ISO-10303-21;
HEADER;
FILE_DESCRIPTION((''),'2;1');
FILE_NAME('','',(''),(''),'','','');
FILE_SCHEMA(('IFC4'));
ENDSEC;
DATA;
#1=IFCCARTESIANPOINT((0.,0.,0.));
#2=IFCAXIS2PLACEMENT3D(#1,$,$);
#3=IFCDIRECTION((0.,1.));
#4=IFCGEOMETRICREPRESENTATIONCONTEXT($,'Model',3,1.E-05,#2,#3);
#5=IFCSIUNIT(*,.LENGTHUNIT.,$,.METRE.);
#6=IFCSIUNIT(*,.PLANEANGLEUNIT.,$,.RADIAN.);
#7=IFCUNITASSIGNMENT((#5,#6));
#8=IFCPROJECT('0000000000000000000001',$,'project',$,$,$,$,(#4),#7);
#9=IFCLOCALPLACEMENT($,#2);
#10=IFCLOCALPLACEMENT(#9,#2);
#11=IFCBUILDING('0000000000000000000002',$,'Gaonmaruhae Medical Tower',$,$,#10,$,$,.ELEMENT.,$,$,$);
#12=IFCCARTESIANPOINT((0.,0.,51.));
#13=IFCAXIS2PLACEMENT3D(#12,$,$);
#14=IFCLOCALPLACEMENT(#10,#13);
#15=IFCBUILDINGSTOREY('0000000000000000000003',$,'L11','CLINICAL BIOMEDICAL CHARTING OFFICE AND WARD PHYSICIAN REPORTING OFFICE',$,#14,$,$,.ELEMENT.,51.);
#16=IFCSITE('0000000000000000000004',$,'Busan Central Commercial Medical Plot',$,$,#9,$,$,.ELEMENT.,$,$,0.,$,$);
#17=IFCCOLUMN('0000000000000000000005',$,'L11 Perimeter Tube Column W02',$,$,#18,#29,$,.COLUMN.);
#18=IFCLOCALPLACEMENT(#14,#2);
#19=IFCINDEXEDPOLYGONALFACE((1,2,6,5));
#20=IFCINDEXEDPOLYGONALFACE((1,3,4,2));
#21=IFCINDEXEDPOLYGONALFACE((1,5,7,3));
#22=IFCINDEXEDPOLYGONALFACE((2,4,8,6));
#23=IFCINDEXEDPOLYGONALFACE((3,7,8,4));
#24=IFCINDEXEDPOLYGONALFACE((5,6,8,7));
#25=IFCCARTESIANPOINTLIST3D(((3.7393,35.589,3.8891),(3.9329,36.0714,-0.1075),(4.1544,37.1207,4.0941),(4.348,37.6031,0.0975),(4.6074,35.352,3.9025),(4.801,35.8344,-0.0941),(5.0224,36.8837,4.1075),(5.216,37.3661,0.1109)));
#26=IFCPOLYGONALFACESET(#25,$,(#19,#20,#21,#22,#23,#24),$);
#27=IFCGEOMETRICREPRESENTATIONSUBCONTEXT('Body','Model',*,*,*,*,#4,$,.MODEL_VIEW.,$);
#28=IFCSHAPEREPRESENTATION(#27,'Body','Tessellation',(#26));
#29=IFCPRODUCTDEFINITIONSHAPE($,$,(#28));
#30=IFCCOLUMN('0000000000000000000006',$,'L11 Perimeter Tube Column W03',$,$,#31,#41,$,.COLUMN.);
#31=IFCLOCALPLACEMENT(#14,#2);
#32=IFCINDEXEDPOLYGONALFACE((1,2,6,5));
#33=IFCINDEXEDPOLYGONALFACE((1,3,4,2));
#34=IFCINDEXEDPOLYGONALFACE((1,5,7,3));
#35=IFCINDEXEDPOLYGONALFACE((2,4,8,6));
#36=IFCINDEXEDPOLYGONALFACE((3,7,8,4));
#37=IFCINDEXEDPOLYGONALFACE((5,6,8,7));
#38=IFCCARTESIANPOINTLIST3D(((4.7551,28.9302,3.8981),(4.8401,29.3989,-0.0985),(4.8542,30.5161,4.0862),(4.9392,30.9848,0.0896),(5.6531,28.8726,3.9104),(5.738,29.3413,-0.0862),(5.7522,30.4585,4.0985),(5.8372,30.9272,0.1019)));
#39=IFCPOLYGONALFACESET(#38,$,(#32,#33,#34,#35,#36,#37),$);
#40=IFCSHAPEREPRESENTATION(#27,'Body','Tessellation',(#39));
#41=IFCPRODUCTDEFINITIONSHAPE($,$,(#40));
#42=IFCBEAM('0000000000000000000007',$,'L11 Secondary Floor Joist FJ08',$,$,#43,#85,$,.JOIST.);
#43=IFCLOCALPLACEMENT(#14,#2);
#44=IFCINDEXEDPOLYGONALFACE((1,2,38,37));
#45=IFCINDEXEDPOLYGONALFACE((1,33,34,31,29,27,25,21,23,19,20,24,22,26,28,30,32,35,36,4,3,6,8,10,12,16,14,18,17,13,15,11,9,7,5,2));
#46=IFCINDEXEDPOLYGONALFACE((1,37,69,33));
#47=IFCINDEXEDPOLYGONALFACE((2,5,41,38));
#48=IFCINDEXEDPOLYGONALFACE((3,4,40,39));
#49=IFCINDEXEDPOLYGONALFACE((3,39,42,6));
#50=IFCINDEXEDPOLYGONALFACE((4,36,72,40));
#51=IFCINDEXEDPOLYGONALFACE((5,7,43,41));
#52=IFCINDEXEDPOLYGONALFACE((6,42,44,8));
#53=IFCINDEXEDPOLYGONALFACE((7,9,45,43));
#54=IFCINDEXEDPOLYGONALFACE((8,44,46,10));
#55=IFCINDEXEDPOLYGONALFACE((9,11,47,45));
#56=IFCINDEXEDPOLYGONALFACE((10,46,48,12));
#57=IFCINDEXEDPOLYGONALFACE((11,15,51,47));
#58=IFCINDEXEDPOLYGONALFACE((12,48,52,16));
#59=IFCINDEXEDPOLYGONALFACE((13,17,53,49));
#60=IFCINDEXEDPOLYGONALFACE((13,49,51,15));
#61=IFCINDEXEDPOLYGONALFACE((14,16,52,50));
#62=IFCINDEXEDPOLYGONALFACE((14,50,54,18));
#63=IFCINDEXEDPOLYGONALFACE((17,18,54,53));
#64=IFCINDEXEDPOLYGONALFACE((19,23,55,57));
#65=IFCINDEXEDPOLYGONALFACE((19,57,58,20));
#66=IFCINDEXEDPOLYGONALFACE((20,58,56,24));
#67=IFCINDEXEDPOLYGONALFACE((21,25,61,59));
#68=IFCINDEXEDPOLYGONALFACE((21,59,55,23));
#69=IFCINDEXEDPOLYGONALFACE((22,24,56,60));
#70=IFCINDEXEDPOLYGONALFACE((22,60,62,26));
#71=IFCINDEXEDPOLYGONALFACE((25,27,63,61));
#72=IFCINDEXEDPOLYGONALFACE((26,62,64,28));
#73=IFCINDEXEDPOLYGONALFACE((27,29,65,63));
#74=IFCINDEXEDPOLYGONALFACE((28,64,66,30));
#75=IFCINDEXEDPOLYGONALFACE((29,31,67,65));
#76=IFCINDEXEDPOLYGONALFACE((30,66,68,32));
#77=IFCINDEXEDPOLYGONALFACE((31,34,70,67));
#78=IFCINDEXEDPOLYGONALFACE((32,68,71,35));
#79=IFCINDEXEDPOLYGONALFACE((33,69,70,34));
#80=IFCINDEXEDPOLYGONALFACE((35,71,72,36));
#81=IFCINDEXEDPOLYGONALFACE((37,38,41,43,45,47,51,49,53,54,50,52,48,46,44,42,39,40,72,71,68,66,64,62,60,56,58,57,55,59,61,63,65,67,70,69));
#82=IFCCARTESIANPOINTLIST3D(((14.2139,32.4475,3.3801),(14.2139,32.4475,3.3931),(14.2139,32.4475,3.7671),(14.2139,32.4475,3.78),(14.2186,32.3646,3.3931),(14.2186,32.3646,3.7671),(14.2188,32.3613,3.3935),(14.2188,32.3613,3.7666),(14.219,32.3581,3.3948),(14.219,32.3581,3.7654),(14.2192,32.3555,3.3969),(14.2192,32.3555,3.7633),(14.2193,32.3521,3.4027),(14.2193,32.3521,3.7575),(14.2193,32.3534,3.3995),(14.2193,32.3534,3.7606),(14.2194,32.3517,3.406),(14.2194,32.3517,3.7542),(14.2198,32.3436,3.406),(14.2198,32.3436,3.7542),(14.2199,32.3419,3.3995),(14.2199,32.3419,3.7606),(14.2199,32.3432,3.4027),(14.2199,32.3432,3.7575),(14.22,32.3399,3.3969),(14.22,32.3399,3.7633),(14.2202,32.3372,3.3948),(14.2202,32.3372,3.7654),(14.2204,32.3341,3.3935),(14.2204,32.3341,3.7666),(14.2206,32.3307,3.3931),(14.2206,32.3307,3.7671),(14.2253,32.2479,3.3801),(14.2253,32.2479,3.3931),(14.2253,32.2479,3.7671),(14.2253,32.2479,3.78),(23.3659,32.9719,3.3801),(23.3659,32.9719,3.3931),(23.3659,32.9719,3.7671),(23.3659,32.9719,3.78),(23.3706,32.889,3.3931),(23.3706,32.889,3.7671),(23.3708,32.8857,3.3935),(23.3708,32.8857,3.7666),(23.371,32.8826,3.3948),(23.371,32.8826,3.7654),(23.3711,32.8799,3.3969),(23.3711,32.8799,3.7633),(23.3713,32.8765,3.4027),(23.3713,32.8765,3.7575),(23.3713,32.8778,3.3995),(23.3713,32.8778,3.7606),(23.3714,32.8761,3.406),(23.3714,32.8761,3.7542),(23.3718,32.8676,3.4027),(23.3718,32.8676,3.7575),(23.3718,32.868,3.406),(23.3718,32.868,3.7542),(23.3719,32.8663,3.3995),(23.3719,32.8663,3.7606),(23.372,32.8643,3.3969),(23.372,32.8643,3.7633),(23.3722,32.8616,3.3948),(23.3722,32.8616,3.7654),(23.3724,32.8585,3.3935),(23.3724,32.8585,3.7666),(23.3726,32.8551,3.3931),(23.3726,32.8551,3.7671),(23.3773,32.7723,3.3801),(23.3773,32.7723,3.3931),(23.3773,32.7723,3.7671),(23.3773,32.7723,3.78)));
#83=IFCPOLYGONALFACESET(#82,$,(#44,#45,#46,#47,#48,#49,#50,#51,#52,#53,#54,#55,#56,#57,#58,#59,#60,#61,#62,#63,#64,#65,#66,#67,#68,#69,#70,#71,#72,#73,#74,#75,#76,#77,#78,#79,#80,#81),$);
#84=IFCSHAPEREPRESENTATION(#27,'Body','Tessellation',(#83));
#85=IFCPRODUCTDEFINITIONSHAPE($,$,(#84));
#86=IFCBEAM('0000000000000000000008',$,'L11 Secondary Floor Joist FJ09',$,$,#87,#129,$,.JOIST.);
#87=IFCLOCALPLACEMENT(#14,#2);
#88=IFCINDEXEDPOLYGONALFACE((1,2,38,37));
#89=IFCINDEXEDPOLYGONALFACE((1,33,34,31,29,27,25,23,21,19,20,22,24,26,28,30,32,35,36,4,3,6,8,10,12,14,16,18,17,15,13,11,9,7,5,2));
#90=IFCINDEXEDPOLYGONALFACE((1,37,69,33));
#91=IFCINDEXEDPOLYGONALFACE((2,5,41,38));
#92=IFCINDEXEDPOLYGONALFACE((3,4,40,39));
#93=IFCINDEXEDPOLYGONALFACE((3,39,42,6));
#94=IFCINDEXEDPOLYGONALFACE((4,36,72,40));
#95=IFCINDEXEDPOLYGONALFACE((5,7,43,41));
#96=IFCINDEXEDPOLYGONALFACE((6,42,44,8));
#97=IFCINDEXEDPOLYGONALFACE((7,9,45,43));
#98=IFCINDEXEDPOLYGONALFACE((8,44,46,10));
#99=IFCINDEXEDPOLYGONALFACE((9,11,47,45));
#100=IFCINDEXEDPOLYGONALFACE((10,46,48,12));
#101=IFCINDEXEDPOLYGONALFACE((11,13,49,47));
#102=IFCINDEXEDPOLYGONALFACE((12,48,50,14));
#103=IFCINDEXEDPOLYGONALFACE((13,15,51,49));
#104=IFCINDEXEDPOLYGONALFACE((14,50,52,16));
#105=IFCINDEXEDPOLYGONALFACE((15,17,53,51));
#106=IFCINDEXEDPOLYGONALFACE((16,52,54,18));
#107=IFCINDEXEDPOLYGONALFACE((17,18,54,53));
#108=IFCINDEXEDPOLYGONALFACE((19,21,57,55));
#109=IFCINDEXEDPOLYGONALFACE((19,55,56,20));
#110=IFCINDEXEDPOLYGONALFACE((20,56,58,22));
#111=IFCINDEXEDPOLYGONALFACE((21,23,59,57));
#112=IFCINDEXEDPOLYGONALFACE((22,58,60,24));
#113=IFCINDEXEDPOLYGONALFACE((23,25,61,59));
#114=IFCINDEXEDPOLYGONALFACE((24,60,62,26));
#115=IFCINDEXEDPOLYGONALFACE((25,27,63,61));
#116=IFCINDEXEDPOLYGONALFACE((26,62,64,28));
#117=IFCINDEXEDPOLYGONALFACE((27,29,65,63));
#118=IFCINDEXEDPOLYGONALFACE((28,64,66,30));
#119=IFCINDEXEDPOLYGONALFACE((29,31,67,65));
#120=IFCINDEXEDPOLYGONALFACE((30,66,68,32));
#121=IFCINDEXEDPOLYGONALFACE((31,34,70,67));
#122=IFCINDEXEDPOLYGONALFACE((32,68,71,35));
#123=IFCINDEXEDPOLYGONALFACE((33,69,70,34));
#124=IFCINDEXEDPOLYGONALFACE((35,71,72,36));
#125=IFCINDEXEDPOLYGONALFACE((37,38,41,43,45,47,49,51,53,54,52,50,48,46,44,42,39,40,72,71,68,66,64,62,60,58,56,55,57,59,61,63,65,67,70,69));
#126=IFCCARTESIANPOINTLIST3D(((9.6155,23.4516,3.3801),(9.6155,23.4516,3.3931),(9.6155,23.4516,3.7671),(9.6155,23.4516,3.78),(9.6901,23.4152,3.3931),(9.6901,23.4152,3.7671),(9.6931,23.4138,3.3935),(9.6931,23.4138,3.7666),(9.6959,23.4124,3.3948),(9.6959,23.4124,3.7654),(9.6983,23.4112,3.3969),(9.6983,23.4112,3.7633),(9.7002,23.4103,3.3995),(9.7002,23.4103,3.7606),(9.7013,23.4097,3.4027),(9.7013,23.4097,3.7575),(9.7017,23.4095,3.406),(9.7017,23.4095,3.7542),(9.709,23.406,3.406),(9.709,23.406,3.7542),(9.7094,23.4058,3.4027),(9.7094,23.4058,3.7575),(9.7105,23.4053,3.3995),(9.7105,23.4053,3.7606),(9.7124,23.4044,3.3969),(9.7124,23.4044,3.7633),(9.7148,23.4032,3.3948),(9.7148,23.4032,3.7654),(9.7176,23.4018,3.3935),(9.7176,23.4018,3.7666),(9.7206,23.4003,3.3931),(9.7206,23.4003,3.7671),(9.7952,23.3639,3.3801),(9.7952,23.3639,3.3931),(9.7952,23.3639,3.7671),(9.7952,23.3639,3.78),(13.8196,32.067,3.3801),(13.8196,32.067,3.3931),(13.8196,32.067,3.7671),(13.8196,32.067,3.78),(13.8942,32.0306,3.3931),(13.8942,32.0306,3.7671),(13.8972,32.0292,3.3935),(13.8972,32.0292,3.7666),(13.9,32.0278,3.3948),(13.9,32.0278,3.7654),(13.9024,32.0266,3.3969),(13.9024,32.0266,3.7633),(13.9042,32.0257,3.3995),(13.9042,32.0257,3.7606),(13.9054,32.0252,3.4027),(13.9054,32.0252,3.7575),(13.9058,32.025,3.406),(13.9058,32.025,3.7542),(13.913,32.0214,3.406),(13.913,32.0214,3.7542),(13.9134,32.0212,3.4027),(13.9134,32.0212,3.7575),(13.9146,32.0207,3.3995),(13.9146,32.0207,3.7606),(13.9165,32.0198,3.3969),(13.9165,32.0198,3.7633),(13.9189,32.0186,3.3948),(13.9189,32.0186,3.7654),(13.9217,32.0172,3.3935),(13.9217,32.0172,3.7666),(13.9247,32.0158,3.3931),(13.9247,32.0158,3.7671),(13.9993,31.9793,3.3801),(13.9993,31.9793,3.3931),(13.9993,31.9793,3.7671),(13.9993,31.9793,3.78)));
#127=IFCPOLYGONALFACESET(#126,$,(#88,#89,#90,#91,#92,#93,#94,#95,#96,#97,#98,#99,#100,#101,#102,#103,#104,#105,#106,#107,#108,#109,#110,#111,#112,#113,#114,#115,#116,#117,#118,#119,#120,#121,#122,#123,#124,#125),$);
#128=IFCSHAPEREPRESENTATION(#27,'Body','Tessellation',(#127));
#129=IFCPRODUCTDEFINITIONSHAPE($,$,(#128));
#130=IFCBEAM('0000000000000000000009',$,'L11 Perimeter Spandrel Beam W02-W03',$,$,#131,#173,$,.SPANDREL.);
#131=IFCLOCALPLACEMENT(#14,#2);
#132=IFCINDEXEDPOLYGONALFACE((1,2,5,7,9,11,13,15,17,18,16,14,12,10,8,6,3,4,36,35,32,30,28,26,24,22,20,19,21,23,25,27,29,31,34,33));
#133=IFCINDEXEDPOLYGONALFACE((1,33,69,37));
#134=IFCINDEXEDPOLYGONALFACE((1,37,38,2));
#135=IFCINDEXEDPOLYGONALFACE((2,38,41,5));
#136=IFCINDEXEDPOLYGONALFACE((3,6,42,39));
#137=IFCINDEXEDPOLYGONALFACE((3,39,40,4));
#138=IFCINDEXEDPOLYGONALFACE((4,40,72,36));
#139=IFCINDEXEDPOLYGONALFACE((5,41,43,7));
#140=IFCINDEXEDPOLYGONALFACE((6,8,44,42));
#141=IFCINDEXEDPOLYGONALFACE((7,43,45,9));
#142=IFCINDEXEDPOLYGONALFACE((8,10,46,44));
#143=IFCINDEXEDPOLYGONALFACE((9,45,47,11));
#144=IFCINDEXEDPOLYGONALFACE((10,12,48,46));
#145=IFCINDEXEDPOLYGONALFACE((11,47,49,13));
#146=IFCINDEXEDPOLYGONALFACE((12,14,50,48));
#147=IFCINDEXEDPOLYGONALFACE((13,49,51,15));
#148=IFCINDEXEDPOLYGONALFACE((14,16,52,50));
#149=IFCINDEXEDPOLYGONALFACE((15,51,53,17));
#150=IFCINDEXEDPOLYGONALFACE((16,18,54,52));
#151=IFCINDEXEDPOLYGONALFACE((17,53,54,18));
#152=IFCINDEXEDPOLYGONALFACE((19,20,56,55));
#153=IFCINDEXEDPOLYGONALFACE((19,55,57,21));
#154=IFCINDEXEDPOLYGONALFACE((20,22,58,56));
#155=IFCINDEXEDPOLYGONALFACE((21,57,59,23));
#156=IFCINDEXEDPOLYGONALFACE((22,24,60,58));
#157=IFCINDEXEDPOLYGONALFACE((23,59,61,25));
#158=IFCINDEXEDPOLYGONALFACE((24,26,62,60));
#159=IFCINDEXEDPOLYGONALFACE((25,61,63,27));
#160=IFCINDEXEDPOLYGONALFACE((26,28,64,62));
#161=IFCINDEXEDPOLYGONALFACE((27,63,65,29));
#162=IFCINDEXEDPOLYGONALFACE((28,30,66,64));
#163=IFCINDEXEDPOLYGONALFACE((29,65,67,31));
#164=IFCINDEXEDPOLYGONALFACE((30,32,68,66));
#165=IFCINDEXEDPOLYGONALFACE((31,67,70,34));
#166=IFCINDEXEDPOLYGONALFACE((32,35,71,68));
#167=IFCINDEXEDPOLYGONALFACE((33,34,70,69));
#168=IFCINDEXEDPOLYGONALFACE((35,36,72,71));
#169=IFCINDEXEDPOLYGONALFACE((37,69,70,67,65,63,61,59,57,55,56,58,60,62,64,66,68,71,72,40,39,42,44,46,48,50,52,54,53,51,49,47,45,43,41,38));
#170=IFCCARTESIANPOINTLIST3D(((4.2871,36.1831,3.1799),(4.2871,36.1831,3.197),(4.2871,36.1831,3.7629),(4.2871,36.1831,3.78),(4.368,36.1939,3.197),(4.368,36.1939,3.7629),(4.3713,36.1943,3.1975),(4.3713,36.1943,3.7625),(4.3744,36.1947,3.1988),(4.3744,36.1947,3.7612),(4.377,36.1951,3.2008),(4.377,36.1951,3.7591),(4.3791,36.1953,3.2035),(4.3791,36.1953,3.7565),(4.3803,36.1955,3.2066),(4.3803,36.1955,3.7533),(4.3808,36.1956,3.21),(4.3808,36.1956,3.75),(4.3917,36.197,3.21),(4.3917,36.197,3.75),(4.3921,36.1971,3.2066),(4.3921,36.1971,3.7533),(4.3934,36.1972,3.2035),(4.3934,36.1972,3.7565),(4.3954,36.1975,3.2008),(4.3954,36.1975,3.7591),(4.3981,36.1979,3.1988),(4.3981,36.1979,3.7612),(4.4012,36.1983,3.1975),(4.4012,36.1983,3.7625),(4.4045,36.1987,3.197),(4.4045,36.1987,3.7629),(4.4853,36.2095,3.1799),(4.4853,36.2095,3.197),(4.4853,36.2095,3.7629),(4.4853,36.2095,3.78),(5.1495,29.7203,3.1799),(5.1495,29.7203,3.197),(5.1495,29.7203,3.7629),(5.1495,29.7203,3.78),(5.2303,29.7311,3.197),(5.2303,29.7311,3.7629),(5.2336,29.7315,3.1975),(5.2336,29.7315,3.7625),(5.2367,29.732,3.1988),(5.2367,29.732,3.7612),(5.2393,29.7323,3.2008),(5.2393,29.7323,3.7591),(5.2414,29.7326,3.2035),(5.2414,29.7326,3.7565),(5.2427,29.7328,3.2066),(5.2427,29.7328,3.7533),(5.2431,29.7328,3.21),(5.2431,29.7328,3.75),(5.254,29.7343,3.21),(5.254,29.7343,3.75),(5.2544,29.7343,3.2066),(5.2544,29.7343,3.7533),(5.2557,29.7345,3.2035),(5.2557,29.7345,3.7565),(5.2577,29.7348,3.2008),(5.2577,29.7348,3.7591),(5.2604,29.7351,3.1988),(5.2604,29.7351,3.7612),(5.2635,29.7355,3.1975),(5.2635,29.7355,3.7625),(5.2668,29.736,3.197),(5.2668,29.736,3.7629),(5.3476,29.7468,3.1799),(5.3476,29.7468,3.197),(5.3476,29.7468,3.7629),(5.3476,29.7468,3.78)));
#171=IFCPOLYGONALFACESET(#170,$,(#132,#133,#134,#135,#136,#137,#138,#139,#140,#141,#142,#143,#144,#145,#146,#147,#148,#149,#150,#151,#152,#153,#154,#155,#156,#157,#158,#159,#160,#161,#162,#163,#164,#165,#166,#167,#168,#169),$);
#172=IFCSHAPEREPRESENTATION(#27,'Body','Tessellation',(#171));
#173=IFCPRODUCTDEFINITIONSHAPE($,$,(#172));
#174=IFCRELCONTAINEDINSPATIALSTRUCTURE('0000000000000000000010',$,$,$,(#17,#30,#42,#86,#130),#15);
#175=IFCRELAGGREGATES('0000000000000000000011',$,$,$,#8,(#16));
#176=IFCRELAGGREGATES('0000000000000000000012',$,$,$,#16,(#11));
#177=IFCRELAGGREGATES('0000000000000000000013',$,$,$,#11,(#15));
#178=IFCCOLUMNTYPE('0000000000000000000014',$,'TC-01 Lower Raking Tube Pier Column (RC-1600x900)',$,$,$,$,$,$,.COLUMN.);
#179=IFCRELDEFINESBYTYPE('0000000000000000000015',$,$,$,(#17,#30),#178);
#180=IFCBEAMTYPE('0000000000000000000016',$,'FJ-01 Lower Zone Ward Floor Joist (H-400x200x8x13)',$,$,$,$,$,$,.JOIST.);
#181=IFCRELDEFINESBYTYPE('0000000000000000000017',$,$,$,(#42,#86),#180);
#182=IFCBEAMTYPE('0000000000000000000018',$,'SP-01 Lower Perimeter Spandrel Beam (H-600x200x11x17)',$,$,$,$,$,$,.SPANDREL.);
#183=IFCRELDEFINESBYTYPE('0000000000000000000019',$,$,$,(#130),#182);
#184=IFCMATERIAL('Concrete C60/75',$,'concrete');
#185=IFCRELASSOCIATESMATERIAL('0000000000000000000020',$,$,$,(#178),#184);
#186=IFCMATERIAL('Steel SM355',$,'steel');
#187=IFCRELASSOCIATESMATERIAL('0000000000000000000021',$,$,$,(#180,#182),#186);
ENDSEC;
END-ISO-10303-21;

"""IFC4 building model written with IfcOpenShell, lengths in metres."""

from ifc_helpers import new_model, si_unit, direction, frame, origin, origin_2d, place, context, subcontext, project, spatial, rectangle, i_section, extrude, material, material_profile, profile_set, type_object, element, save


model = new_model("IFC4")

# Units and contexts
model_context = context("Model", 3, precision=1e-05, world=origin(), true_north=direction((0.0, 1.0)))
body_context = subcontext(model_context, "Body", "Model", "MODEL_VIEW")
ifc_project = project(units=[si_unit("LENGTHUNIT", "METRE"), si_unit("PLANEANGLEUNIT", "RADIAN")], contexts=[model_context])

# Site, building, storey
site_placement = place(None, origin())
site = spatial("IfcSite", under=ifc_project, at=site_placement, Name="Busan Central Commercial Medical Plot", CompositionType="ELEMENT", RefElevation=0.0)
building_placement = place(site_placement, origin())
building = spatial("IfcBuilding", under=site, at=building_placement, Name="Gaonmaruhae Medical Tower", CompositionType="ELEMENT")
storey_placement = place(building_placement, frame((0.0, 0.0, 51.0)))
storey = spatial("IfcBuildingStorey", under=building, at=storey_placement, Name="L11", Description="CLINICAL BIOMEDICAL CHARTING OFFICE AND WARD PHYSICIAN REPORTING OFFICE", CompositionType="ELEMENT", Elevation=51.0)

# Columns
ifc_material_1 = material(Name="Concrete C60/75", Category="concrete")
ifc_material_profile_1 = material_profile(ifc_material_1, rectangle(XDim=1.6001, YDim=0.8999, at=origin_2d()), Name="RC-1600x900")
ifc_profile_set_1 = profile_set([ifc_material_profile_1], Name="Concrete C60/75")
column_type = type_object("IfcColumnType", Name="TC-01 Lower Raking Tube Pier Column (RC-1600x900)", PredefinedType="COLUMN", material=ifc_profile_set_1)
column_1_placement = place(storey_placement, frame((4.5745, 36.7188, 0.0017), z_axis=(-0.048038, -0.1197, 0.991647), x_axis=(0.259375, 0.957242, 0.128112)))
element("IfcColumn", 1, at=column_1_placement, inside=storey, type_object=column_type, Name="L11 Perimeter Tube Column W02", PredefinedType="COLUMN", context=body_context, shape_type="SweptSolid", body=[
    extrude(rectangle(XDim=1.6001, YDim=0.8999, at=origin_2d()), origin(), (0.0, 0.0, 1.0), 4.0303),
])
column_2_placement = place(storey_placement, frame((5.3386, 30.1631, 0.0017), z_axis=(-0.021109, -0.116463, 0.992971), x_axis=(0.061952, 0.991131, 0.117564)))
element("IfcColumn", 2, at=column_2_placement, inside=storey, type_object=column_type, Name="L11 Perimeter Tube Column W03", PredefinedType="COLUMN", context=body_context, shape_type="SweptSolid", body=[
    extrude(rectangle(XDim=1.6001, YDim=0.8999, at=origin_2d()), origin(), (0.0, 0.0, 1.0), 4.0249),
])

# Beams
ifc_material_2 = material(Name="Steel SM355", Category="steel")
ifc_material_profile_2 = material_profile(ifc_material_2, i_section(OverallWidth=0.2, OverallDepth=0.3999, WebThickness=0.0081, FlangeThickness=0.0129, FilletRadius=0.0129, at=origin_2d()), Name="H-400x200x8x13")
ifc_profile_set_2 = profile_set([ifc_material_profile_2], Name="Steel SM355")
beam_type_1 = type_object("IfcBeamType", Name="FJ-01 Lower Zone Ward Floor Joist (H-400x200x8x13)", PredefinedType="JOIST", material=ifc_profile_set_2)
beam_1_placement = place(storey_placement, frame((23.3716, 32.8721, 3.5801), z_axis=(-0.998362, -0.057206, 0.0), x_axis=(0.057206, -0.998362, 0.0)))
element("IfcBeam", 3, at=beam_1_placement, inside=storey, type_object=beam_type_1, Name="L11 Secondary Floor Joist FJ08", PredefinedType="JOIST", context=body_context, shape_type="SweptSolid", body=[
    extrude(i_section(OverallWidth=0.2, OverallDepth=0.3999, WebThickness=0.0081, FlangeThickness=0.0129, FilletRadius=0.0129, at=origin_2d()), origin(), (0.0, 0.0, 1.0), 9.167),
])
beam_2_placement = place(storey_placement, frame((13.9094, 32.0232, 3.5801), z_axis=(-0.438544, -0.89871, 0.0), x_axis=(0.89871, -0.438544, 0.0)))
element("IfcBeam", 4, at=beam_2_placement, inside=storey, type_object=beam_type_1, Name="L11 Secondary Floor Joist FJ09", PredefinedType="JOIST", context=body_context, shape_type="SweptSolid", body=[
    extrude(i_section(OverallWidth=0.2, OverallDepth=0.3999, WebThickness=0.0081, FlangeThickness=0.0129, FilletRadius=0.0129, at=origin_2d()), origin(), (0.0, 0.0, 1.0), 9.5864),
])
ifc_material_profile_3 = material_profile(ifc_material_2, i_section(OverallWidth=0.2, OverallDepth=0.6001, WebThickness=0.011, FlangeThickness=0.0171, FilletRadius=0.0129, at=origin_2d()), Name="H-600x200x11x17")
ifc_profile_set_3 = profile_set([ifc_material_profile_3], Name="Steel SM355")
beam_type_2 = type_object("IfcBeamType", Name="SP-01 Lower Perimeter Spandrel Beam (H-600x200x11x17)", PredefinedType="SPANDREL", material=ifc_profile_set_3)
beam_3_placement = place(storey_placement, frame((4.3862, 36.1963, 3.48), z_axis=(0.132257, -0.991215, 0.0), x_axis=(0.991215, 0.132257, 0.0)))
element("IfcBeam", 5, at=beam_3_placement, inside=storey, type_object=beam_type_2, Name="L11 Perimeter Spandrel Beam W02-W03", PredefinedType="SPANDREL", context=body_context, shape_type="SweptSolid", body=[
    extrude(i_section(OverallWidth=0.2, OverallDepth=0.6001, WebThickness=0.011, FlangeThickness=0.0171, FilletRadius=0.0129, at=origin_2d()), origin(), (0.0, 0.0, 1.0), 6.52),
])

save(model, "model.ifc")
